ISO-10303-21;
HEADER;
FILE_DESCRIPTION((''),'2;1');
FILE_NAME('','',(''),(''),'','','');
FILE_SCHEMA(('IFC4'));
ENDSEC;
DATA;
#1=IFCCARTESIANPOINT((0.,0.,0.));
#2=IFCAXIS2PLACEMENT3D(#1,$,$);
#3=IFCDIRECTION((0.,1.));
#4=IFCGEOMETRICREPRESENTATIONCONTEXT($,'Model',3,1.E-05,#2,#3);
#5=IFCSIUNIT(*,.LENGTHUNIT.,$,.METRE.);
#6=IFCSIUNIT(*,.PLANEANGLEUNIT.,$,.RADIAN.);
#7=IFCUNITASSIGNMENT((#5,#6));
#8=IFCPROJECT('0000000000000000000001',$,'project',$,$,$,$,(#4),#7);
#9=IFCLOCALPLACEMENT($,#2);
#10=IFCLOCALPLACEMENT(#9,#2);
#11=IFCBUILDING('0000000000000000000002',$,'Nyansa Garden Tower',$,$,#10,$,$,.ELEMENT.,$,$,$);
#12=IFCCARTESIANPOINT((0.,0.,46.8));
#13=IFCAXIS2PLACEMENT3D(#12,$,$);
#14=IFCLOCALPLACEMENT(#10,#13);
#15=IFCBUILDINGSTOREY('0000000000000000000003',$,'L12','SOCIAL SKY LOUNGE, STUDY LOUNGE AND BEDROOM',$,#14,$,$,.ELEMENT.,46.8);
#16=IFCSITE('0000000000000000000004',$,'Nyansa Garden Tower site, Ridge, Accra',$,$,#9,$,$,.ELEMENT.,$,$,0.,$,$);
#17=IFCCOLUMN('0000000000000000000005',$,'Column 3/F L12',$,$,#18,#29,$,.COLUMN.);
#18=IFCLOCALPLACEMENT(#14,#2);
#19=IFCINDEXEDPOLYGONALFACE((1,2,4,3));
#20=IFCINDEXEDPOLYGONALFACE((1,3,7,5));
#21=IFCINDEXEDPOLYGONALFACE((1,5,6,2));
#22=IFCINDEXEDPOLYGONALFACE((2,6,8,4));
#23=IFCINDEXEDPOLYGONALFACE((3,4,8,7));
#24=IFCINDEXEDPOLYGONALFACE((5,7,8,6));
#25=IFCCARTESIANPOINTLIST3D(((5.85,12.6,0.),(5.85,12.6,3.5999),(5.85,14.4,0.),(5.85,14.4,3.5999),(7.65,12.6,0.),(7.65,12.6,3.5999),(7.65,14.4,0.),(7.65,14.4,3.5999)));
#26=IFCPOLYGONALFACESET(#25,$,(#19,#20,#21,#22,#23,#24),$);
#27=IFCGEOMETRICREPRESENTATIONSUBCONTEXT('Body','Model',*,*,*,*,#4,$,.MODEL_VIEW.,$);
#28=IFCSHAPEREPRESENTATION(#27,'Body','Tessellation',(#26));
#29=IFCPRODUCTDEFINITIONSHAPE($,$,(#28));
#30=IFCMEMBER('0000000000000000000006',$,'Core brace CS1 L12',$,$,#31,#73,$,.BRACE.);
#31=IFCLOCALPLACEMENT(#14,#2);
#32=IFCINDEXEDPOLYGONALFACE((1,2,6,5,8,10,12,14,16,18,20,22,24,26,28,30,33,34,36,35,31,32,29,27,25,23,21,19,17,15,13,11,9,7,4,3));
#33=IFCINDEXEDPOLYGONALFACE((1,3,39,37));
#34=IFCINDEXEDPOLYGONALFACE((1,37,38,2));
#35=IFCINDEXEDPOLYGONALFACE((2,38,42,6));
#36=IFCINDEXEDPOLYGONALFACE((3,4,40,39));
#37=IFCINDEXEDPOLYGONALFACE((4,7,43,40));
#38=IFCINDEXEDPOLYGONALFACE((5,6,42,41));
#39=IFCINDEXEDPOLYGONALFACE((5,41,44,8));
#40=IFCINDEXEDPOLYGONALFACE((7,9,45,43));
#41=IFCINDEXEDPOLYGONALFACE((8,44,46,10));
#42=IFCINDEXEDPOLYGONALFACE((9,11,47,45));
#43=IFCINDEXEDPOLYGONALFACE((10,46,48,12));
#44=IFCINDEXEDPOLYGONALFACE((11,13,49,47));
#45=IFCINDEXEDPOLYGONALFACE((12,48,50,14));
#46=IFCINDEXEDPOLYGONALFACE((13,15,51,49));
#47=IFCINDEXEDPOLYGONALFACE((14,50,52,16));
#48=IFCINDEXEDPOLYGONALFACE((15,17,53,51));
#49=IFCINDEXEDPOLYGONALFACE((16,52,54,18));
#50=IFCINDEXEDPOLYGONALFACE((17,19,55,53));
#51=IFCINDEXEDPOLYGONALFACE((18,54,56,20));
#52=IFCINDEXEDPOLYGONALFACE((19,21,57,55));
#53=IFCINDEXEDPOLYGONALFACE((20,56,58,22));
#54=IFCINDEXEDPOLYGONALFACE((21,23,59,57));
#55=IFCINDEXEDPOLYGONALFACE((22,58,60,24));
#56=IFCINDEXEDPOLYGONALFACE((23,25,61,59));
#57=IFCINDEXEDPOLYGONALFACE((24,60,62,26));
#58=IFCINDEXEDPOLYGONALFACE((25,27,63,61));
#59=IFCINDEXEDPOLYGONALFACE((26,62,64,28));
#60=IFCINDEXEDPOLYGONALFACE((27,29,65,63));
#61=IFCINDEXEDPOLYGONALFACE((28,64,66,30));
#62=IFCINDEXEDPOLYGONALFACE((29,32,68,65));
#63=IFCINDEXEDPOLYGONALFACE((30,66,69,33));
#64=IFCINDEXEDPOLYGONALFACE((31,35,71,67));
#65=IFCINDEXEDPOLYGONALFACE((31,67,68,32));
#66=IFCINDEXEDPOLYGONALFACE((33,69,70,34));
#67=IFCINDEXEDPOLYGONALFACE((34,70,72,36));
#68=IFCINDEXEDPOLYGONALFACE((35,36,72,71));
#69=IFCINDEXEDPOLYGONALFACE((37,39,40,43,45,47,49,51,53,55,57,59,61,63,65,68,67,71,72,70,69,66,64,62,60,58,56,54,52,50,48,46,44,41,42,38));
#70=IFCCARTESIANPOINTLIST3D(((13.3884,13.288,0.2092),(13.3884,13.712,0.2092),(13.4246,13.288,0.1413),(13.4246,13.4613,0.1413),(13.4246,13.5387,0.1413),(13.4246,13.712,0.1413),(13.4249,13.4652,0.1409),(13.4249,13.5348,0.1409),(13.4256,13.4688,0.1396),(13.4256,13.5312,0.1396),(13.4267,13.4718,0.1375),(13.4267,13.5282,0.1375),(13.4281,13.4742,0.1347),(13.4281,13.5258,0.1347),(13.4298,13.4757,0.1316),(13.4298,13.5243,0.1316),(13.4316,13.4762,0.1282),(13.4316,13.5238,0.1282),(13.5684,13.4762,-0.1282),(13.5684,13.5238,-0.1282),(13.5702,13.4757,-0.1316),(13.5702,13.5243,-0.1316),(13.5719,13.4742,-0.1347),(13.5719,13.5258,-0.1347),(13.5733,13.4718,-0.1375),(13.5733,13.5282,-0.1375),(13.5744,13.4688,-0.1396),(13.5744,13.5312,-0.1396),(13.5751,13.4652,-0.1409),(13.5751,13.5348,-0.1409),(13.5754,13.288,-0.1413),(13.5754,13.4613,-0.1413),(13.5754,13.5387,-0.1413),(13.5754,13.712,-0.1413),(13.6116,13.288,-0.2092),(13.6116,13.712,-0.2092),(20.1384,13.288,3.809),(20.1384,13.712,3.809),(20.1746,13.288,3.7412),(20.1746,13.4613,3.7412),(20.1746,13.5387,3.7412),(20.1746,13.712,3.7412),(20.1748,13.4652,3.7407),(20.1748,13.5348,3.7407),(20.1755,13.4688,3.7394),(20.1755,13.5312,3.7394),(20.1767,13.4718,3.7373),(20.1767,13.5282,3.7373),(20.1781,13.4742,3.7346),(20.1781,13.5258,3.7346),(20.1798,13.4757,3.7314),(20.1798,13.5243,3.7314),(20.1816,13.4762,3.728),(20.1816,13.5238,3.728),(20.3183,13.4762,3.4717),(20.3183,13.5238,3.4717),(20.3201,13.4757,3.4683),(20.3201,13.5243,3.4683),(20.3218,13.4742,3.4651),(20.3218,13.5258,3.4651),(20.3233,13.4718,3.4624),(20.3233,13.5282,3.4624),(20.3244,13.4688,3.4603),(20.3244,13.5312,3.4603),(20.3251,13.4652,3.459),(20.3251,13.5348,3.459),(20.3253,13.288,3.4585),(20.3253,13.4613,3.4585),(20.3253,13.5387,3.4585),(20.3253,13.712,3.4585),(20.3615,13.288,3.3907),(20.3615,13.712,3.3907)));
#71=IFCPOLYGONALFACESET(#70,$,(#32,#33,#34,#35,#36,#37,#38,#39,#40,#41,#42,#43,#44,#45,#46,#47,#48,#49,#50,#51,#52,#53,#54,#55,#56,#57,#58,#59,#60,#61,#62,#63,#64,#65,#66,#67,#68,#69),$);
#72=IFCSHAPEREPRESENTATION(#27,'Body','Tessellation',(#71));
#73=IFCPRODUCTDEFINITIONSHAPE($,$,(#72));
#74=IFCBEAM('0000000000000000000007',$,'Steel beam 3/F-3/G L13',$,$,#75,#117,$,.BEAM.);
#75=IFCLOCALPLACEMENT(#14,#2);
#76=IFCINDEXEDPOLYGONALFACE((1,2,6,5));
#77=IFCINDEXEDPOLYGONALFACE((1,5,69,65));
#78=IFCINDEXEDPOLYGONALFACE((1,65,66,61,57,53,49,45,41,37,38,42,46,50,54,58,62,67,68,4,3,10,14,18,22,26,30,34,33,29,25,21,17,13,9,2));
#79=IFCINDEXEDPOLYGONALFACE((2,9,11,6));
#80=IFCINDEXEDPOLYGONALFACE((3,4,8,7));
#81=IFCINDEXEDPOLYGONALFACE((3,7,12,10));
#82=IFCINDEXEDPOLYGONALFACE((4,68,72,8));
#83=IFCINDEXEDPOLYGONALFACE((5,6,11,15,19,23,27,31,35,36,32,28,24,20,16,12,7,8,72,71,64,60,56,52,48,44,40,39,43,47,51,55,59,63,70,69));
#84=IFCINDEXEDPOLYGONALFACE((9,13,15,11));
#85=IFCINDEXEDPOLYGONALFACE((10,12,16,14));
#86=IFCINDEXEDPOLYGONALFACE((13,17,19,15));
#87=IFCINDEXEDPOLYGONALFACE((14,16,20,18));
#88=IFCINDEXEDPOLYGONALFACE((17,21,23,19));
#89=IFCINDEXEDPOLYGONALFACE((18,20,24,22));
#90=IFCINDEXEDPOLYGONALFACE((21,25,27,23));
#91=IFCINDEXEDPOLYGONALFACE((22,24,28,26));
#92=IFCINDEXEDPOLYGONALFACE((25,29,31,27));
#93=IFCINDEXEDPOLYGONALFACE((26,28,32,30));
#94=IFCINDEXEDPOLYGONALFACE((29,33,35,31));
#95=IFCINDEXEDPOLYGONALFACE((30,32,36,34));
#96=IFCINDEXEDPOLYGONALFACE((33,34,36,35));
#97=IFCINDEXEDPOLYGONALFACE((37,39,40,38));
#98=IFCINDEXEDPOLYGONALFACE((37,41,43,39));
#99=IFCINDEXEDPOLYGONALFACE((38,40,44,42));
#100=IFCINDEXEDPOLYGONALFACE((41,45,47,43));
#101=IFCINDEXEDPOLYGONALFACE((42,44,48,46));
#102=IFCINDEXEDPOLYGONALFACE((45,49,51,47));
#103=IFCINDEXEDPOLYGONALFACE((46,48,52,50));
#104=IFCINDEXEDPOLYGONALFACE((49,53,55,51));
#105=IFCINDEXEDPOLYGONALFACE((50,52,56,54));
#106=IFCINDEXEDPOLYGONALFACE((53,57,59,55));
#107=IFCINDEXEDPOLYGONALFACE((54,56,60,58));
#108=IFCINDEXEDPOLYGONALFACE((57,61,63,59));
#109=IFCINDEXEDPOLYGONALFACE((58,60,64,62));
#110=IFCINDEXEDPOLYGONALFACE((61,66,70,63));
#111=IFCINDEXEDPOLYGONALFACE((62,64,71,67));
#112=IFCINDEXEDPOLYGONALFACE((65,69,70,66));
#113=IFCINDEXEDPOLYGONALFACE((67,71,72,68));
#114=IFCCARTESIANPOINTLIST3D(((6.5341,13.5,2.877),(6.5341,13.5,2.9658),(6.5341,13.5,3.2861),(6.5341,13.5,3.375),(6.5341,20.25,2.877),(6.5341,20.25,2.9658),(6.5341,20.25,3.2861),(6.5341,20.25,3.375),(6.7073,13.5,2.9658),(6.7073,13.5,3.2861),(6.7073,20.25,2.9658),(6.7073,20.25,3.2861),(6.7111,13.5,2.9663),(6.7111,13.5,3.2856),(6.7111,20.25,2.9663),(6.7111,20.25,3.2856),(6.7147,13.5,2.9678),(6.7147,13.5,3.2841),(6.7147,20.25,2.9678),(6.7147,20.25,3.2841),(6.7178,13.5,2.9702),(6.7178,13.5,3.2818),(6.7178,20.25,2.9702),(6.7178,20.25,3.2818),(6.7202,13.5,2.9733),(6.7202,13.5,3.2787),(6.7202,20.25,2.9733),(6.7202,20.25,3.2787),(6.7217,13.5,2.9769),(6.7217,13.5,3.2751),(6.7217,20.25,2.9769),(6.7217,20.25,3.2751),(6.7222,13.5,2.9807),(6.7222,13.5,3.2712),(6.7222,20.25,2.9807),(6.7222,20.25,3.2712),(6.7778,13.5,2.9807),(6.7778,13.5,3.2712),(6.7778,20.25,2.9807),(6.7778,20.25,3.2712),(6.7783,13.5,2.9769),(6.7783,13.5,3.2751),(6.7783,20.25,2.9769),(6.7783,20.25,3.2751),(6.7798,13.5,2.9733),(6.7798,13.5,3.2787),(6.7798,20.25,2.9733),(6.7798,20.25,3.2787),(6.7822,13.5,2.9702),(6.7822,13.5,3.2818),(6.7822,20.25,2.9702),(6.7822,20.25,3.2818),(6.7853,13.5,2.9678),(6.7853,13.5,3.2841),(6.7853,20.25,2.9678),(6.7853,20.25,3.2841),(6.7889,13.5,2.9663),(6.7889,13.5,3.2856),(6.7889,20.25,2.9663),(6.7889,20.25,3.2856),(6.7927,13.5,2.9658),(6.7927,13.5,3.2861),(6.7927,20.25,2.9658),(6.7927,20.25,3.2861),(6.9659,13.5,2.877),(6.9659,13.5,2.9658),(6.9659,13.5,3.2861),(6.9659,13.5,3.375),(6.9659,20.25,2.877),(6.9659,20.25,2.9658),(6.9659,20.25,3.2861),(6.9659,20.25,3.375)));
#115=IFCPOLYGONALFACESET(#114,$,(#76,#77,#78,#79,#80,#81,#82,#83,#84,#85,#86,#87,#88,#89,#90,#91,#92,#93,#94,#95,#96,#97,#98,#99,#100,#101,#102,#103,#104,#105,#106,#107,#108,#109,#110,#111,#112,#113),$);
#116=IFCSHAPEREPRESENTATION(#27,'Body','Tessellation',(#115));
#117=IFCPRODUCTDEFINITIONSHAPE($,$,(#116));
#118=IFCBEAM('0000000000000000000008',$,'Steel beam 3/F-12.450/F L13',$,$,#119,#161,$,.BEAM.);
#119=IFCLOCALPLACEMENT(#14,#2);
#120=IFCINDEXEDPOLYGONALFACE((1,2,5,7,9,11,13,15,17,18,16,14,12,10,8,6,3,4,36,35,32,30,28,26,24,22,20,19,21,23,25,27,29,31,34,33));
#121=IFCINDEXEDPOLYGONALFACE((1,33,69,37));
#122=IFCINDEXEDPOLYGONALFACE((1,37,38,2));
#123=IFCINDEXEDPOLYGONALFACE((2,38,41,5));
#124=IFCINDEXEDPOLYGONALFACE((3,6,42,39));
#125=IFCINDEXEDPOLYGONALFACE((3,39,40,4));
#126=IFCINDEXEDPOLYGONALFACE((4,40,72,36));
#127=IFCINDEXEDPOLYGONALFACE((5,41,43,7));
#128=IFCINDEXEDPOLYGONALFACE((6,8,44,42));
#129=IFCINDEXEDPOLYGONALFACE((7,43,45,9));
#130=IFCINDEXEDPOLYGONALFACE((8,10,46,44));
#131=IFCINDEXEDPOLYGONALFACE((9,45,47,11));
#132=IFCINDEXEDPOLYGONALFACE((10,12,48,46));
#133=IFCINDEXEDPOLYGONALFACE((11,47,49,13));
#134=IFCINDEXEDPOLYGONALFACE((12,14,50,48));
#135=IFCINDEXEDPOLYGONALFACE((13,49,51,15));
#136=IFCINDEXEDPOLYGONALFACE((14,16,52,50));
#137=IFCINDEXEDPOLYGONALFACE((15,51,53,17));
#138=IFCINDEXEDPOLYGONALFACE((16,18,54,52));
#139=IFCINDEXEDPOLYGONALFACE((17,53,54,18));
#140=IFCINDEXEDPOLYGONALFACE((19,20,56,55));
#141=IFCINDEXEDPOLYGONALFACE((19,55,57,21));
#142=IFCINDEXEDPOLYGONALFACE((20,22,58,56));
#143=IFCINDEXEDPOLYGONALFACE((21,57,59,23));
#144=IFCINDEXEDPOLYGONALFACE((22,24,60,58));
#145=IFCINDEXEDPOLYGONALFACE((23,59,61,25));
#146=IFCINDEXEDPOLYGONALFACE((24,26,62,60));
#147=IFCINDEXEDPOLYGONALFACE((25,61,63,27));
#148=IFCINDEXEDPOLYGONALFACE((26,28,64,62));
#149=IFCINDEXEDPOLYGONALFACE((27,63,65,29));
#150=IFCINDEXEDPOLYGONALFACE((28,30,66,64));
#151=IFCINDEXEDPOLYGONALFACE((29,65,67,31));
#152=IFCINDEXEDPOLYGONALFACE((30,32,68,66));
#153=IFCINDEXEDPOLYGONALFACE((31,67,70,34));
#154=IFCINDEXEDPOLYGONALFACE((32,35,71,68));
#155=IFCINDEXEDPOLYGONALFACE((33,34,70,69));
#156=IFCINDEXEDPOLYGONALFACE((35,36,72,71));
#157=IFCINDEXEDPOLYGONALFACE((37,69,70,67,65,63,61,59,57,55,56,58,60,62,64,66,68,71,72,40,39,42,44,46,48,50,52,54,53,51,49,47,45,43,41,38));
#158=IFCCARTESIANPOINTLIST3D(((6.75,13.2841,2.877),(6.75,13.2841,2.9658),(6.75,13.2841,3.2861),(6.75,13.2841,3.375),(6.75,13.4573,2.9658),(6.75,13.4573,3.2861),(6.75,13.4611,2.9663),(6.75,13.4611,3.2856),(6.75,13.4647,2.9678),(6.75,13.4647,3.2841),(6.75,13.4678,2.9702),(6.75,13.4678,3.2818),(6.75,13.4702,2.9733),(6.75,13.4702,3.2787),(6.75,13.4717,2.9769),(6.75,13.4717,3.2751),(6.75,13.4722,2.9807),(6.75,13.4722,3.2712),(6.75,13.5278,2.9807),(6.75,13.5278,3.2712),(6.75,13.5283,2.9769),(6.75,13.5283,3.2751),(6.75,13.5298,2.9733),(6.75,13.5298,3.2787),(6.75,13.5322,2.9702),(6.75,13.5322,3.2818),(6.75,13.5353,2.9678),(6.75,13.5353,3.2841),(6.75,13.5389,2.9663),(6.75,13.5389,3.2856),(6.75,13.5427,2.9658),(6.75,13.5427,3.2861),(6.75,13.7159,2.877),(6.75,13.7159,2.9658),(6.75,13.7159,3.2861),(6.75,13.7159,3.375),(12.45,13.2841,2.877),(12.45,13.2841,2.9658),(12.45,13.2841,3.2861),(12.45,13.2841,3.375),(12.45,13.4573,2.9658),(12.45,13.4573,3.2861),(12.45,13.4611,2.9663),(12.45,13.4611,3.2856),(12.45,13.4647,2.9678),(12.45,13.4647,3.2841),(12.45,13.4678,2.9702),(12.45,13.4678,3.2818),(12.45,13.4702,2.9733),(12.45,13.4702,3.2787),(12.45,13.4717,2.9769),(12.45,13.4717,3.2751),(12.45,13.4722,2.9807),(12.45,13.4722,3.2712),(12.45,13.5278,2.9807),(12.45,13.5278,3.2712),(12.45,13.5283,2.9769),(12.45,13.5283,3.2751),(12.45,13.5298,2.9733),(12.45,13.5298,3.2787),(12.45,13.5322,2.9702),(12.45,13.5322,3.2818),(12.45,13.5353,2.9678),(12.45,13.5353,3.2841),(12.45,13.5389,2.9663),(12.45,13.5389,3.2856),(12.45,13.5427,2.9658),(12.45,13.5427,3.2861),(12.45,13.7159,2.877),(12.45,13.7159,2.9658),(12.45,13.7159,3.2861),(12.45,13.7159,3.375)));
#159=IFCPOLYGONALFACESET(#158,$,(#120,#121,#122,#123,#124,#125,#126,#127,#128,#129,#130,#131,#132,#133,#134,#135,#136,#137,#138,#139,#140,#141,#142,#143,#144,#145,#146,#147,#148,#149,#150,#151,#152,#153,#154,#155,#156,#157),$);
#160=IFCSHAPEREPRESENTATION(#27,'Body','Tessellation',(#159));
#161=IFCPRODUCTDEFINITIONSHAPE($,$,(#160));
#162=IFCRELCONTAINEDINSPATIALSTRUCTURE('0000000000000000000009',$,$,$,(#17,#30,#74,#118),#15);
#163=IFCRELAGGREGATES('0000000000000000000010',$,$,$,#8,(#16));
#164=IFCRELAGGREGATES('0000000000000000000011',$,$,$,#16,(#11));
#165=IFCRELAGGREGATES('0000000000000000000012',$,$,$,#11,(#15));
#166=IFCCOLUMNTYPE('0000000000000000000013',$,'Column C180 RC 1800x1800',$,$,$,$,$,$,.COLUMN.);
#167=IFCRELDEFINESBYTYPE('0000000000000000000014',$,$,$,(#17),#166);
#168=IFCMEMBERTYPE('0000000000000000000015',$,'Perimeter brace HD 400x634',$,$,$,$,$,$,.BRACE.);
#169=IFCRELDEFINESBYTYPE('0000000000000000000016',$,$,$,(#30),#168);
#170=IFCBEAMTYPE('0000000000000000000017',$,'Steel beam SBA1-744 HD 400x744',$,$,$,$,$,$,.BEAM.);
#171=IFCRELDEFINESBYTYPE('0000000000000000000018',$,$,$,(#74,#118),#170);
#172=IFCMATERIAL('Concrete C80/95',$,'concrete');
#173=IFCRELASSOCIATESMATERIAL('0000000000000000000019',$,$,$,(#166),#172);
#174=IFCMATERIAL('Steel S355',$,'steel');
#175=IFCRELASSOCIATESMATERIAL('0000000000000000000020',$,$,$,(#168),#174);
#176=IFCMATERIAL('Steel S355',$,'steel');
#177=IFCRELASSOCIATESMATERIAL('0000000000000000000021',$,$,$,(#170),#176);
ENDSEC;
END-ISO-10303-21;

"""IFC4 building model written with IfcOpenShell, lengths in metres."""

from ifc_helpers import new_model, si_unit, direction, frame, origin, origin_2d, place, context, subcontext, project, spatial, rectangle, i_section, extrude, material, material_profile, profile_set, type_object, element, save


model = new_model("IFC4")

# Units and contexts
model_context = context("Model", 3, precision=1e-05, world=origin(), true_north=direction((0.0, 1.0)))
body_context = subcontext(model_context, "Body", "Model", "MODEL_VIEW")
ifc_project = project(units=[si_unit("LENGTHUNIT", "METRE"), si_unit("PLANEANGLEUNIT", "RADIAN")], contexts=[model_context])

# Site, building, storey
site_placement = place(None, origin())
site = spatial("IfcSite", under=ifc_project, at=site_placement, Name="Nyansa Garden Tower site, Ridge, Accra", CompositionType="ELEMENT", RefElevation=0.0)
building_placement = place(site_placement, origin())
building = spatial("IfcBuilding", under=site, at=building_placement, Name="Nyansa Garden Tower", CompositionType="ELEMENT")
storey_placement = place(building_placement, frame((0.0, 0.0, 46.8)))
storey = spatial("IfcBuildingStorey", under=building, at=storey_placement, Name="L12", Description="SOCIAL SKY LOUNGE, STUDY LOUNGE AND BEDROOM", CompositionType="ELEMENT", Elevation=46.8)

# Column
ifc_material_1 = material(Name="Concrete C80/95", Category="concrete")
ifc_material_profile_1 = material_profile(ifc_material_1, rectangle(XDim=1.8, YDim=1.8, at=origin_2d()), Name="RC 1800x1800")
ifc_profile_set_1 = profile_set([ifc_material_profile_1], Name="Concrete C80/95")
column_type = type_object("IfcColumnType", Name="Column C180 RC 1800x1800", PredefinedType="COLUMN", material=ifc_profile_set_1)
column_placement = place(storey_placement, frame((6.75, 13.5, 0.0), z_axis=(0.0, 0.0, 1.0), x_axis=(1.0, 0.0, 0.0)))
element("IfcColumn", 1, at=column_placement, inside=storey, type_object=column_type, Name="Column 3/F L12", PredefinedType="COLUMN", context=body_context, shape_type="SweptSolid", body=[
    extrude(rectangle(XDim=1.8, YDim=1.8, at=origin_2d()), origin(), (0.0, 0.0, 1.0), 3.5999),
])

# Member
ifc_material_2 = material(Name="Steel S355", Category="steel")
ifc_material_profile_2 = material_profile(ifc_material_2, i_section(OverallWidth=0.4241, OverallDepth=0.4741, WebThickness=0.0476, FlangeThickness=0.0769, FilletRadius=0.0149, at=origin_2d()), Name="HD 400x634")
ifc_profile_set_2 = profile_set([ifc_material_profile_2], Name="Steel S355")
member_type = type_object("IfcMemberType", Name="Perimeter brace HD 400x634", PredefinedType="BRACE", material=ifc_profile_set_2)
member_placement = place(storey_placement, frame((13.5, 13.5, 0.0), z_axis=(0.882361, 0.0, 0.470573), x_axis=(0.0, 1.0, 0.0)))
element("IfcMember", 2, at=member_placement, inside=storey, type_object=member_type, Name="Core brace CS1 L12", PredefinedType="BRACE", context=body_context, shape_type="SweptSolid", body=[
    extrude(i_section(OverallWidth=0.4241, OverallDepth=0.4741, WebThickness=0.0476, FlangeThickness=0.0769, FilletRadius=0.0149, at=origin_2d()), origin(), (0.0, 0.0, 1.0), 7.6499),
])

# Beams
ifc_material_3 = material(Name="Steel S355", Category="steel")
ifc_material_profile_3 = material_profile(ifc_material_3, i_section(OverallWidth=0.4319, OverallDepth=0.498, WebThickness=0.0557, FlangeThickness=0.0889, FilletRadius=0.0149, at=origin_2d()), Name="HD 400x744")
ifc_profile_set_3 = profile_set([ifc_material_profile_3], Name="Steel S355")
beam_type_1 = type_object("IfcBeamType", Name="Steel beam SBA1-744 HD 400x744", PredefinedType="BEAM", material=ifc_profile_set_3)
beam_1_placement = place(storey_placement, frame((6.75, 13.5, 3.126), z_axis=(0.0, 1.0, 0.0), x_axis=(-1.0, 0.0, 0.0)))
element("IfcBeam", 3, at=beam_1_placement, inside=storey, type_object=beam_type_1, Name="Steel beam 3/F-3/G L13", PredefinedType="BEAM", context=body_context, shape_type="SweptSolid", body=[
    extrude(i_section(OverallWidth=0.4319, OverallDepth=0.498, WebThickness=0.0557, FlangeThickness=0.0889, FilletRadius=0.0149, at=origin_2d()), origin(), (0.0, 0.0, 1.0), 6.75),
])
beam_2_placement = place(storey_placement, frame((6.75, 13.5, 3.126), z_axis=(1.0, 0.0, 0.0), x_axis=(0.0, 1.0, 0.0)))
element("IfcBeam", 4, at=beam_2_placement, inside=storey, type_object=beam_type_1, Name="Steel beam 3/F-12.450/F L13", PredefinedType="BEAM", context=body_context, shape_type="SweptSolid", body=[
    extrude(i_section(OverallWidth=0.4319, OverallDepth=0.498, WebThickness=0.0557, FlangeThickness=0.0889, FilletRadius=0.0149, at=origin_2d()), origin(), (0.0, 0.0, 1.0), 5.7),
])

save(model, "model.ifc")
